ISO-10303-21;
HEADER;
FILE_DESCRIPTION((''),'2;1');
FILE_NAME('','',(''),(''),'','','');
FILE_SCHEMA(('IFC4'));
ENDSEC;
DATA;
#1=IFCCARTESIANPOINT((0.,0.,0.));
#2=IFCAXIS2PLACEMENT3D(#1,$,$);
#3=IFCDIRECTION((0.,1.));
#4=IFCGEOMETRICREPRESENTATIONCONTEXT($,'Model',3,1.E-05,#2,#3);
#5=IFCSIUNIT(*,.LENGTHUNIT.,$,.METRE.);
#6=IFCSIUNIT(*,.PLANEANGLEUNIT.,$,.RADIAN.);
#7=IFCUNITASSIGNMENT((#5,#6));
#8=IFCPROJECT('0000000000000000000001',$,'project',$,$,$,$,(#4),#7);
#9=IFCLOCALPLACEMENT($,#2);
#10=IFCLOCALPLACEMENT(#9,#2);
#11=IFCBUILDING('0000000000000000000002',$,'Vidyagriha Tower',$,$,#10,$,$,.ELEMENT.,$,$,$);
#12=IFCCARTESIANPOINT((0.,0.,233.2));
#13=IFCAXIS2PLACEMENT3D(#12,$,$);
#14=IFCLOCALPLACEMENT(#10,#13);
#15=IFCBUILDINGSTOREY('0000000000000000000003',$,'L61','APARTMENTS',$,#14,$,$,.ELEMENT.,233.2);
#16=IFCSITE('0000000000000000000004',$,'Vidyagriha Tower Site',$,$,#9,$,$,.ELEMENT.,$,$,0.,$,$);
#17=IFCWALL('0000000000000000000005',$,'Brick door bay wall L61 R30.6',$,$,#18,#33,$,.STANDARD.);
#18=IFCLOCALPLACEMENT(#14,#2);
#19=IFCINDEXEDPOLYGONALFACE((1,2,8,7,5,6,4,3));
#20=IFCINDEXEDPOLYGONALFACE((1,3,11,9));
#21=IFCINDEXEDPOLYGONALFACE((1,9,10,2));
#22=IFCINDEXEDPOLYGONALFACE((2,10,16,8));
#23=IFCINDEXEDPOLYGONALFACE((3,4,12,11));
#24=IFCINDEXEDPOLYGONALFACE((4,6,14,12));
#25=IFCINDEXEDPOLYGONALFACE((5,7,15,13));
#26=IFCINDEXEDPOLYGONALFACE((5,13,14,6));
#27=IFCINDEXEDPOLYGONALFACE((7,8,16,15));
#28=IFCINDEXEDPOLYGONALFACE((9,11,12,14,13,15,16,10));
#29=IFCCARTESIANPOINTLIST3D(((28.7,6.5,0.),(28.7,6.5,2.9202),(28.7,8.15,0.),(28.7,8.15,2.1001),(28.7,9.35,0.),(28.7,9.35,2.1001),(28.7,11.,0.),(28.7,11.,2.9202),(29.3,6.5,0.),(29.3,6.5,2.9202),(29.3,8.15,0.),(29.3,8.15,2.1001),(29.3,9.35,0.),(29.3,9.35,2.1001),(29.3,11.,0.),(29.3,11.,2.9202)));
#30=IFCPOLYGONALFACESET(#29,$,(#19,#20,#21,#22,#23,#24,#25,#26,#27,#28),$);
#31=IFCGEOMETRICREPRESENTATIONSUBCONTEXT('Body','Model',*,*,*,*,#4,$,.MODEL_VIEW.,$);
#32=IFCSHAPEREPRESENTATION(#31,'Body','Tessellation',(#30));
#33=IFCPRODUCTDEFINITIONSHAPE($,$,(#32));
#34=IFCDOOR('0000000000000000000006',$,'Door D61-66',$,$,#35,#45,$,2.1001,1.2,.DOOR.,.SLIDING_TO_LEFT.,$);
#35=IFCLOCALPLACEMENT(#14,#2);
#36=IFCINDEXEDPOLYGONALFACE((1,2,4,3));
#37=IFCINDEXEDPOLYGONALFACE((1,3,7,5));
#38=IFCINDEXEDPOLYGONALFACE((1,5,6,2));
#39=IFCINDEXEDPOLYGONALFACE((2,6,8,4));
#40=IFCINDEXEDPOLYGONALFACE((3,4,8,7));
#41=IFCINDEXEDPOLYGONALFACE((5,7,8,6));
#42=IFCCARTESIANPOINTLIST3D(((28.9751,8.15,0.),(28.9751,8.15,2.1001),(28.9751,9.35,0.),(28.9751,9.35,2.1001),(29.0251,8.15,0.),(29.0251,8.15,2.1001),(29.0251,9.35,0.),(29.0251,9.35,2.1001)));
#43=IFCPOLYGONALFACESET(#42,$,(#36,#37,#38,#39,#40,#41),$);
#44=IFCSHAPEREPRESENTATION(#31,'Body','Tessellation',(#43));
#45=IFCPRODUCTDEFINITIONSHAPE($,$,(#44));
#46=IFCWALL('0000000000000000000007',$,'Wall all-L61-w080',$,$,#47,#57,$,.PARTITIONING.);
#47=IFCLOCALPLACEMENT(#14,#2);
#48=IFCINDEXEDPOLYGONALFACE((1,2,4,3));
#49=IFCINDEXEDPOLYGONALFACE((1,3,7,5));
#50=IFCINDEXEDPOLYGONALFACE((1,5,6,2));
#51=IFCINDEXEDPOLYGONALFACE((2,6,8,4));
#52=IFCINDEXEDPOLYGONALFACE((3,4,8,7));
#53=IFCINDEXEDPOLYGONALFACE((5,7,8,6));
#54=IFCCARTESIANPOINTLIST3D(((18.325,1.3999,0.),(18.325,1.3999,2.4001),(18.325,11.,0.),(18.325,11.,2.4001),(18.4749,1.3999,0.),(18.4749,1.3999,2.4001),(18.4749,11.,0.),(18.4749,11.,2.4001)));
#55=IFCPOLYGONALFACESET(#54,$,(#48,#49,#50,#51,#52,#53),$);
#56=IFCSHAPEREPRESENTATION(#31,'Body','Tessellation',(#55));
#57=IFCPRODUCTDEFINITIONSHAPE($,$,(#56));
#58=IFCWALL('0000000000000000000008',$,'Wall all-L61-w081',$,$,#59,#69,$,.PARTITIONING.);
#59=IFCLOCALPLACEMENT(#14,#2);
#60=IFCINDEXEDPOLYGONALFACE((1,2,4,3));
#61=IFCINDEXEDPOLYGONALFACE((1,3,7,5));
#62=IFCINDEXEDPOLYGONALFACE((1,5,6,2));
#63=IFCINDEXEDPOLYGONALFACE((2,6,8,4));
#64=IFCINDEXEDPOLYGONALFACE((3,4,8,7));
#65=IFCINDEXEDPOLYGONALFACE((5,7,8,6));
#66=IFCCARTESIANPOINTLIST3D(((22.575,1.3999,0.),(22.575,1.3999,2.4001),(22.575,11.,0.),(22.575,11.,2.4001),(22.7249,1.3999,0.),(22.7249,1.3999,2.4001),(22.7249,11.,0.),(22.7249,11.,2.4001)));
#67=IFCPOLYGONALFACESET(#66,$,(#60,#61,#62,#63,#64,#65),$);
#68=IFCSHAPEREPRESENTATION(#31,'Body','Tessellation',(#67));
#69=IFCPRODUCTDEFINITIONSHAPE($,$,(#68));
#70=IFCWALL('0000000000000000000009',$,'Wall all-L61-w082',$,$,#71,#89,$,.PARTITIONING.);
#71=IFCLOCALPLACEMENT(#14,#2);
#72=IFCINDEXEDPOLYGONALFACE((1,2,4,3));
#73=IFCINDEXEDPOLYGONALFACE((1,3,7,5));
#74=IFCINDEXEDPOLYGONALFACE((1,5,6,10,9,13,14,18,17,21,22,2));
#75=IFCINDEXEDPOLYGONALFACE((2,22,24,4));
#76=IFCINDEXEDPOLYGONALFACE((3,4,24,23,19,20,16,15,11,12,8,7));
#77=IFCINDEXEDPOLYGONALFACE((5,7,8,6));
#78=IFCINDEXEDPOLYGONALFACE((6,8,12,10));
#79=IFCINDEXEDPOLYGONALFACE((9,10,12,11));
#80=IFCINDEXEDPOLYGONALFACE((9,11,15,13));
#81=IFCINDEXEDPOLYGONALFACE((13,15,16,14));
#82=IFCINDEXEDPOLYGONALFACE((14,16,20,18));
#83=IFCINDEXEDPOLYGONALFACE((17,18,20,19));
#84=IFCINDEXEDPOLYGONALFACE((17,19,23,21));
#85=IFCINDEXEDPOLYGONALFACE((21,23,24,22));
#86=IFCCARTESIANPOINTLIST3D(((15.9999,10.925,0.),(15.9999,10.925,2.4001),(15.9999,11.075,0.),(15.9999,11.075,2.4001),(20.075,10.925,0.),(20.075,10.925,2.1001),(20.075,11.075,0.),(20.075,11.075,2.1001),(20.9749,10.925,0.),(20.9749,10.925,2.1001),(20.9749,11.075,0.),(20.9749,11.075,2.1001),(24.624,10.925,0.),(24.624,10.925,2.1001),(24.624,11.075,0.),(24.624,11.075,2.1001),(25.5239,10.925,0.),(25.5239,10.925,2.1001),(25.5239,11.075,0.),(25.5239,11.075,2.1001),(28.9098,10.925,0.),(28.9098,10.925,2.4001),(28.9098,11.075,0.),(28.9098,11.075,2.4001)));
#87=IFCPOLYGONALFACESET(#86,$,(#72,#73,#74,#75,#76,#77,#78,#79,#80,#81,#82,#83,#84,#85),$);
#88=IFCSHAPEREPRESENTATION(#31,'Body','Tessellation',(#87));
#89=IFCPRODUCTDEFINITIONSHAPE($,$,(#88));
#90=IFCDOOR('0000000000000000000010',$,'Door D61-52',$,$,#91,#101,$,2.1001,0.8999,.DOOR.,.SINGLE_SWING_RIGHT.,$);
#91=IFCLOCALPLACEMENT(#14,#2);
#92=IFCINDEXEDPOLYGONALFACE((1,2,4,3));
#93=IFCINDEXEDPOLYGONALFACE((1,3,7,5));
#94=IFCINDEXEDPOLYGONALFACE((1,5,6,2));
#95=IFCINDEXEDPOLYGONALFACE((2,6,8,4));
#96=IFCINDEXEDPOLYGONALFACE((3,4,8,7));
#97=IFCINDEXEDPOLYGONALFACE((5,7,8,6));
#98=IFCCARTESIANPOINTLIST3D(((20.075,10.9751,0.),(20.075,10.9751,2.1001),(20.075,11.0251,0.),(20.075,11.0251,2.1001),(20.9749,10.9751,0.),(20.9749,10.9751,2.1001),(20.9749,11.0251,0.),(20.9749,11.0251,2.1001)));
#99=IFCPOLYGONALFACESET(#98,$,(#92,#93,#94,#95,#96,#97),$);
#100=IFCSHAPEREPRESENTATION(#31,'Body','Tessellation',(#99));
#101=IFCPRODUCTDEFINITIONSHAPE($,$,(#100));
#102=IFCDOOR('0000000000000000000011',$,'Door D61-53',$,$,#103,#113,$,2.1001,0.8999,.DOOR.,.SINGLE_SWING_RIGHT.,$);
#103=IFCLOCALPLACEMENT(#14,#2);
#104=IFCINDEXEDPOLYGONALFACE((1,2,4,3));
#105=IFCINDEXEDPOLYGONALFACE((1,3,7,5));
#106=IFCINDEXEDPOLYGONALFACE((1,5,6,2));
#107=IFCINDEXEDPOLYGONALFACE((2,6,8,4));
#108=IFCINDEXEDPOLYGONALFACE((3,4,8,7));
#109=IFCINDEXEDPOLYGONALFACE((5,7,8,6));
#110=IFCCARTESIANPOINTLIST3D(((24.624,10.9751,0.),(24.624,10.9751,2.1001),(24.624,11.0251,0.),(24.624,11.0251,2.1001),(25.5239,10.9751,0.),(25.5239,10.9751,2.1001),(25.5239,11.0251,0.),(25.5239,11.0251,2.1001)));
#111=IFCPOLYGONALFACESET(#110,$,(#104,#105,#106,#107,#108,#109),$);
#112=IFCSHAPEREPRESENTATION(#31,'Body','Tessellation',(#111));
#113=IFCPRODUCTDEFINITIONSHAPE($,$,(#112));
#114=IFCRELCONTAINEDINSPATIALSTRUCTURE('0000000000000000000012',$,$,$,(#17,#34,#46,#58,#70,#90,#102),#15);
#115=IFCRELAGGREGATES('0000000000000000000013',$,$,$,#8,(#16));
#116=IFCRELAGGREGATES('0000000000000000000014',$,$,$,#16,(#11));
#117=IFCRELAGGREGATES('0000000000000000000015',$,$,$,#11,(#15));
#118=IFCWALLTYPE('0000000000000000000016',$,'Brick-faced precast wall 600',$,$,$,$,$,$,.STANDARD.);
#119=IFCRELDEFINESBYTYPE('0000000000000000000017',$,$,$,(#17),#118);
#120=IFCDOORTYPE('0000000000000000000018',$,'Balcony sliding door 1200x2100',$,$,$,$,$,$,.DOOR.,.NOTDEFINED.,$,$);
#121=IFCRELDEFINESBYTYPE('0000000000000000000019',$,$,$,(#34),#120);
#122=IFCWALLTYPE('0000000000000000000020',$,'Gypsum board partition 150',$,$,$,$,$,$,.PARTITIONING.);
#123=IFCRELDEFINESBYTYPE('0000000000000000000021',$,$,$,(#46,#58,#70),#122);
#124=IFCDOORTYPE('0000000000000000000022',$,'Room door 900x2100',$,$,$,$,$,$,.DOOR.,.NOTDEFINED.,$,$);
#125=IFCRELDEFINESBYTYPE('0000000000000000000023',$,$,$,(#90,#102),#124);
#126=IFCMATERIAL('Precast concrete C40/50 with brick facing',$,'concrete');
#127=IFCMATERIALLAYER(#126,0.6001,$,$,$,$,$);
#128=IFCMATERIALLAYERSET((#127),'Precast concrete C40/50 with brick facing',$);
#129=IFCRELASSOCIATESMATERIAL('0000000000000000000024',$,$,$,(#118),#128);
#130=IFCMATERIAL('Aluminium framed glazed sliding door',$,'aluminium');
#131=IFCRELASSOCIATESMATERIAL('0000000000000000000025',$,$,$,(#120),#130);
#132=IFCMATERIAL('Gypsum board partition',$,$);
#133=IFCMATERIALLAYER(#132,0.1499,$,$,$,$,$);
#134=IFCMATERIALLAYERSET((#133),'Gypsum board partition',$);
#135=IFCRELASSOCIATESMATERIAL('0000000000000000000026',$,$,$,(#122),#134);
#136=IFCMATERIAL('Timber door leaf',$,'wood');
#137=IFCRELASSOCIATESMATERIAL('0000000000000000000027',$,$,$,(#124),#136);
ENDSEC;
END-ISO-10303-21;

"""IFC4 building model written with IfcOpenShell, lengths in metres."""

from ifc_helpers import new_model, si_unit, direction, frame, frame_2d, origin, place, context, subcontext, project, spatial, rectangle, extrude, material, layer, layer_set, type_object, element, fill, save


model = new_model("IFC4")

# Units and contexts
model_context = context("Model", 3, precision=1e-05, world=origin(), true_north=direction((0.0, 1.0)))
body_context = subcontext(model_context, "Body", "Model", "MODEL_VIEW")
ifc_project = project(units=[si_unit("LENGTHUNIT", "METRE"), si_unit("PLANEANGLEUNIT", "RADIAN")], contexts=[model_context])

# Site, building, storey
site_placement = place(None, origin())
site = spatial("IfcSite", under=ifc_project, at=site_placement, Name="Vidyagriha Tower Site", CompositionType="ELEMENT", RefElevation=0.0)
building_placement = place(site_placement, origin())
building = spatial("IfcBuilding", under=site, at=building_placement, Name="Vidyagriha Tower", CompositionType="ELEMENT")
storey_placement = place(building_placement, frame((0.0, 0.0, 233.2)))
storey = spatial("IfcBuildingStorey", under=building, at=storey_placement, Name="L61", Description="APARTMENTS", CompositionType="ELEMENT", Elevation=233.2)

# Wall, opening, door
ifc_material_1 = material(Name="Precast concrete C40/50 with brick facing", Category="concrete")
ifc_layer_1 = layer(ifc_material_1, 0.6001)
ifc_layer_set_1 = layer_set([ifc_layer_1], Name="Precast concrete C40/50 with brick facing")
wall_type_1 = type_object("IfcWallType", Name="Brick-faced precast wall 600", PredefinedType="STANDARD", material=ifc_layer_set_1)
wall_1_placement = place(storey_placement, frame((29.0, 6.5, 0.0), z_axis=(0.0, 0.0, 1.0), x_axis=(0.0, 1.0, 0.0)))
wall_1 = element("IfcWall", 1, at=wall_1_placement, inside=storey, type_object=wall_type_1, Name="Brick door bay wall L61 R30.6", PredefinedType="STANDARD", context=body_context, shape_type="SweptSolid", body=[
    extrude(rectangle(XDim=4.5, YDim=0.6001, at=frame_2d((2.25, 0.0))), origin(), (0.0, 0.0, 1.0), 2.9202),
])
opening_1_placement = place(wall_1_placement, frame((1.6499, 0.0, 0.0)))
opening_1 = element("IfcOpeningElement", 2, at=opening_1_placement, cuts=wall_1, PredefinedType="OPENING", context=body_context, shape_type="SweptSolid", body=[
    extrude(rectangle(XDim=1.2, YDim=2.1001, at=frame_2d((0.6001, 1.05))), frame((0.0, 0.3101, 0.0), z_axis=(0.0, -1.0, 0.0), x_axis=(1.0, 0.0, 0.0)), (0.0, 0.0, 1.0), 0.6201),
])
ifc_material_2 = material(Name="Aluminium framed glazed sliding door", Category="aluminium")
door_type_1 = type_object("IfcDoorType", Name="Balcony sliding door 1200x2100", OperationType="NOTDEFINED", PredefinedType="DOOR", material=ifc_material_2)
door_1_placement = place(opening_1_placement, origin())
door_1 = element("IfcDoor", 3, at=door_1_placement, inside=storey, type_object=door_type_1, Name="Door D61-66", OperationType="SLIDING_TO_LEFT", OverallHeight=2.1001, OverallWidth=1.2, PredefinedType="DOOR", context=body_context, shape_type="SweptSolid", body=[
    extrude(rectangle(XDim=1.2, YDim=2.1001, at=frame_2d((0.6001, 1.05))), frame((0.0, 0.0249, 0.0), z_axis=(0.0, -1.0, 0.0), x_axis=(1.0, 0.0, 0.0)), (0.0, 0.0, 1.0), 0.05),
])
fill(opening_1, door_1)

# Walls
ifc_material_3 = material(Name="Gypsum board partition")
ifc_layer_2 = layer(ifc_material_3, 0.1499)
ifc_layer_set_2 = layer_set([ifc_layer_2], Name="Gypsum board partition")
wall_type_2 = type_object("IfcWallType", Name="Gypsum board partition 150", PredefinedType="PARTITIONING", material=ifc_layer_set_2)
for number, where, z_axis, x_axis, name in (
    (4, (18.3999, 11.0, 0.0), (0.0, 0.0, 1.0), (0.0, -1.0, 0.0), "Wall all-L61-w080"),
    (5, (22.6499, 11.0, 0.0), (0.0, 0.0, 1.0), (0.0, -1.0, 0.0), "Wall all-L61-w081"),
):
    element("IfcWall", number, at=place(storey_placement, frame(where, z_axis=z_axis, x_axis=x_axis)), inside=storey, type_object=wall_type_2, Name=name, PredefinedType="PARTITIONING", context=body_context, shape_type="SweptSolid", body=[
        extrude(rectangle(XDim=9.6001, YDim=0.1499, at=frame_2d((4.8, 0.0))), origin(), (0.0, 0.0, 1.0), 2.4001),
    ])

# Wall, openings, doors
wall_2_placement = place(storey_placement, frame((28.9099, 11.0, 0.0), z_axis=(0.0, 0.0, 1.0), x_axis=(-1.0, 0.0, 0.0)))
wall_2 = element("IfcWall", 6, at=wall_2_placement, inside=storey, type_object=wall_type_2, Name="Wall all-L61-w082", PredefinedType="PARTITIONING", context=body_context, shape_type="SweptSolid", body=[
    extrude(rectangle(XDim=12.9099, YDim=0.1499, at=frame_2d((6.4551, 0.0))), origin(), (0.0, 0.0, 1.0), 2.4001),
])
opening_2_placement = place(wall_2_placement, frame((7.9351, 0.0, 0.0)))
opening_2 = element("IfcOpeningElement", 7, at=opening_2_placement, cuts=wall_2, PredefinedType="OPENING", context=body_context, shape_type="SweptSolid", body=[
    extrude(rectangle(XDim=0.8999, YDim=2.1001, at=frame_2d((0.45, 1.05))), frame((0.0, 0.085, 0.0), z_axis=(0.0, -1.0, 0.0), x_axis=(1.0, 0.0, 0.0)), (0.0, 0.0, 1.0), 0.1699),
])
opening_3_placement = place(wall_2_placement, frame((3.386, 0.0, 0.0)))
opening_3 = element("IfcOpeningElement", 8, at=opening_3_placement, cuts=wall_2, PredefinedType="OPENING", context=body_context, shape_type="SweptSolid", body=[
    extrude(rectangle(XDim=0.8999, YDim=2.1001, at=frame_2d((0.45, 1.05))), frame((0.0, 0.085, 0.0), z_axis=(0.0, -1.0, 0.0), x_axis=(1.0, 0.0, 0.0)), (0.0, 0.0, 1.0), 0.1699),
])
ifc_material_4 = material(Name="Timber door leaf", Category="wood")
door_type_2 = type_object("IfcDoorType", Name="Room door 900x2100", OperationType="NOTDEFINED", PredefinedType="DOOR", material=ifc_material_4)
door_2_placement = place(opening_2_placement, origin())
door_2 = element("IfcDoor", 9, at=door_2_placement, inside=storey, type_object=door_type_2, Name="Door D61-52", OperationType="SINGLE_SWING_RIGHT", OverallHeight=2.1001, OverallWidth=0.8999, PredefinedType="DOOR", context=body_context, shape_type="SweptSolid", body=[
    extrude(rectangle(XDim=0.8999, YDim=2.1001, at=frame_2d((0.45, 1.05))), frame((0.0, 0.0249, 0.0), z_axis=(0.0, -1.0, 0.0), x_axis=(1.0, 0.0, 0.0)), (0.0, 0.0, 1.0), 0.05),
])
fill(opening_2, door_2)
door_3_placement = place(opening_3_placement, origin())
door_3 = element("IfcDoor", 10, at=door_3_placement, inside=storey, type_object=door_type_2, Name="Door D61-53", OperationType="SINGLE_SWING_RIGHT", OverallHeight=2.1001, OverallWidth=0.8999, PredefinedType="DOOR", context=body_context, shape_type="SweptSolid", body=[
    extrude(rectangle(XDim=0.8999, YDim=2.1001, at=frame_2d((0.45, 1.05))), frame((0.0, 0.0249, 0.0), z_axis=(0.0, -1.0, 0.0), x_axis=(1.0, 0.0, 0.0)), (0.0, 0.0, 1.0), 0.05),
])
fill(opening_3, door_3)

save(model, "model.ifc")
